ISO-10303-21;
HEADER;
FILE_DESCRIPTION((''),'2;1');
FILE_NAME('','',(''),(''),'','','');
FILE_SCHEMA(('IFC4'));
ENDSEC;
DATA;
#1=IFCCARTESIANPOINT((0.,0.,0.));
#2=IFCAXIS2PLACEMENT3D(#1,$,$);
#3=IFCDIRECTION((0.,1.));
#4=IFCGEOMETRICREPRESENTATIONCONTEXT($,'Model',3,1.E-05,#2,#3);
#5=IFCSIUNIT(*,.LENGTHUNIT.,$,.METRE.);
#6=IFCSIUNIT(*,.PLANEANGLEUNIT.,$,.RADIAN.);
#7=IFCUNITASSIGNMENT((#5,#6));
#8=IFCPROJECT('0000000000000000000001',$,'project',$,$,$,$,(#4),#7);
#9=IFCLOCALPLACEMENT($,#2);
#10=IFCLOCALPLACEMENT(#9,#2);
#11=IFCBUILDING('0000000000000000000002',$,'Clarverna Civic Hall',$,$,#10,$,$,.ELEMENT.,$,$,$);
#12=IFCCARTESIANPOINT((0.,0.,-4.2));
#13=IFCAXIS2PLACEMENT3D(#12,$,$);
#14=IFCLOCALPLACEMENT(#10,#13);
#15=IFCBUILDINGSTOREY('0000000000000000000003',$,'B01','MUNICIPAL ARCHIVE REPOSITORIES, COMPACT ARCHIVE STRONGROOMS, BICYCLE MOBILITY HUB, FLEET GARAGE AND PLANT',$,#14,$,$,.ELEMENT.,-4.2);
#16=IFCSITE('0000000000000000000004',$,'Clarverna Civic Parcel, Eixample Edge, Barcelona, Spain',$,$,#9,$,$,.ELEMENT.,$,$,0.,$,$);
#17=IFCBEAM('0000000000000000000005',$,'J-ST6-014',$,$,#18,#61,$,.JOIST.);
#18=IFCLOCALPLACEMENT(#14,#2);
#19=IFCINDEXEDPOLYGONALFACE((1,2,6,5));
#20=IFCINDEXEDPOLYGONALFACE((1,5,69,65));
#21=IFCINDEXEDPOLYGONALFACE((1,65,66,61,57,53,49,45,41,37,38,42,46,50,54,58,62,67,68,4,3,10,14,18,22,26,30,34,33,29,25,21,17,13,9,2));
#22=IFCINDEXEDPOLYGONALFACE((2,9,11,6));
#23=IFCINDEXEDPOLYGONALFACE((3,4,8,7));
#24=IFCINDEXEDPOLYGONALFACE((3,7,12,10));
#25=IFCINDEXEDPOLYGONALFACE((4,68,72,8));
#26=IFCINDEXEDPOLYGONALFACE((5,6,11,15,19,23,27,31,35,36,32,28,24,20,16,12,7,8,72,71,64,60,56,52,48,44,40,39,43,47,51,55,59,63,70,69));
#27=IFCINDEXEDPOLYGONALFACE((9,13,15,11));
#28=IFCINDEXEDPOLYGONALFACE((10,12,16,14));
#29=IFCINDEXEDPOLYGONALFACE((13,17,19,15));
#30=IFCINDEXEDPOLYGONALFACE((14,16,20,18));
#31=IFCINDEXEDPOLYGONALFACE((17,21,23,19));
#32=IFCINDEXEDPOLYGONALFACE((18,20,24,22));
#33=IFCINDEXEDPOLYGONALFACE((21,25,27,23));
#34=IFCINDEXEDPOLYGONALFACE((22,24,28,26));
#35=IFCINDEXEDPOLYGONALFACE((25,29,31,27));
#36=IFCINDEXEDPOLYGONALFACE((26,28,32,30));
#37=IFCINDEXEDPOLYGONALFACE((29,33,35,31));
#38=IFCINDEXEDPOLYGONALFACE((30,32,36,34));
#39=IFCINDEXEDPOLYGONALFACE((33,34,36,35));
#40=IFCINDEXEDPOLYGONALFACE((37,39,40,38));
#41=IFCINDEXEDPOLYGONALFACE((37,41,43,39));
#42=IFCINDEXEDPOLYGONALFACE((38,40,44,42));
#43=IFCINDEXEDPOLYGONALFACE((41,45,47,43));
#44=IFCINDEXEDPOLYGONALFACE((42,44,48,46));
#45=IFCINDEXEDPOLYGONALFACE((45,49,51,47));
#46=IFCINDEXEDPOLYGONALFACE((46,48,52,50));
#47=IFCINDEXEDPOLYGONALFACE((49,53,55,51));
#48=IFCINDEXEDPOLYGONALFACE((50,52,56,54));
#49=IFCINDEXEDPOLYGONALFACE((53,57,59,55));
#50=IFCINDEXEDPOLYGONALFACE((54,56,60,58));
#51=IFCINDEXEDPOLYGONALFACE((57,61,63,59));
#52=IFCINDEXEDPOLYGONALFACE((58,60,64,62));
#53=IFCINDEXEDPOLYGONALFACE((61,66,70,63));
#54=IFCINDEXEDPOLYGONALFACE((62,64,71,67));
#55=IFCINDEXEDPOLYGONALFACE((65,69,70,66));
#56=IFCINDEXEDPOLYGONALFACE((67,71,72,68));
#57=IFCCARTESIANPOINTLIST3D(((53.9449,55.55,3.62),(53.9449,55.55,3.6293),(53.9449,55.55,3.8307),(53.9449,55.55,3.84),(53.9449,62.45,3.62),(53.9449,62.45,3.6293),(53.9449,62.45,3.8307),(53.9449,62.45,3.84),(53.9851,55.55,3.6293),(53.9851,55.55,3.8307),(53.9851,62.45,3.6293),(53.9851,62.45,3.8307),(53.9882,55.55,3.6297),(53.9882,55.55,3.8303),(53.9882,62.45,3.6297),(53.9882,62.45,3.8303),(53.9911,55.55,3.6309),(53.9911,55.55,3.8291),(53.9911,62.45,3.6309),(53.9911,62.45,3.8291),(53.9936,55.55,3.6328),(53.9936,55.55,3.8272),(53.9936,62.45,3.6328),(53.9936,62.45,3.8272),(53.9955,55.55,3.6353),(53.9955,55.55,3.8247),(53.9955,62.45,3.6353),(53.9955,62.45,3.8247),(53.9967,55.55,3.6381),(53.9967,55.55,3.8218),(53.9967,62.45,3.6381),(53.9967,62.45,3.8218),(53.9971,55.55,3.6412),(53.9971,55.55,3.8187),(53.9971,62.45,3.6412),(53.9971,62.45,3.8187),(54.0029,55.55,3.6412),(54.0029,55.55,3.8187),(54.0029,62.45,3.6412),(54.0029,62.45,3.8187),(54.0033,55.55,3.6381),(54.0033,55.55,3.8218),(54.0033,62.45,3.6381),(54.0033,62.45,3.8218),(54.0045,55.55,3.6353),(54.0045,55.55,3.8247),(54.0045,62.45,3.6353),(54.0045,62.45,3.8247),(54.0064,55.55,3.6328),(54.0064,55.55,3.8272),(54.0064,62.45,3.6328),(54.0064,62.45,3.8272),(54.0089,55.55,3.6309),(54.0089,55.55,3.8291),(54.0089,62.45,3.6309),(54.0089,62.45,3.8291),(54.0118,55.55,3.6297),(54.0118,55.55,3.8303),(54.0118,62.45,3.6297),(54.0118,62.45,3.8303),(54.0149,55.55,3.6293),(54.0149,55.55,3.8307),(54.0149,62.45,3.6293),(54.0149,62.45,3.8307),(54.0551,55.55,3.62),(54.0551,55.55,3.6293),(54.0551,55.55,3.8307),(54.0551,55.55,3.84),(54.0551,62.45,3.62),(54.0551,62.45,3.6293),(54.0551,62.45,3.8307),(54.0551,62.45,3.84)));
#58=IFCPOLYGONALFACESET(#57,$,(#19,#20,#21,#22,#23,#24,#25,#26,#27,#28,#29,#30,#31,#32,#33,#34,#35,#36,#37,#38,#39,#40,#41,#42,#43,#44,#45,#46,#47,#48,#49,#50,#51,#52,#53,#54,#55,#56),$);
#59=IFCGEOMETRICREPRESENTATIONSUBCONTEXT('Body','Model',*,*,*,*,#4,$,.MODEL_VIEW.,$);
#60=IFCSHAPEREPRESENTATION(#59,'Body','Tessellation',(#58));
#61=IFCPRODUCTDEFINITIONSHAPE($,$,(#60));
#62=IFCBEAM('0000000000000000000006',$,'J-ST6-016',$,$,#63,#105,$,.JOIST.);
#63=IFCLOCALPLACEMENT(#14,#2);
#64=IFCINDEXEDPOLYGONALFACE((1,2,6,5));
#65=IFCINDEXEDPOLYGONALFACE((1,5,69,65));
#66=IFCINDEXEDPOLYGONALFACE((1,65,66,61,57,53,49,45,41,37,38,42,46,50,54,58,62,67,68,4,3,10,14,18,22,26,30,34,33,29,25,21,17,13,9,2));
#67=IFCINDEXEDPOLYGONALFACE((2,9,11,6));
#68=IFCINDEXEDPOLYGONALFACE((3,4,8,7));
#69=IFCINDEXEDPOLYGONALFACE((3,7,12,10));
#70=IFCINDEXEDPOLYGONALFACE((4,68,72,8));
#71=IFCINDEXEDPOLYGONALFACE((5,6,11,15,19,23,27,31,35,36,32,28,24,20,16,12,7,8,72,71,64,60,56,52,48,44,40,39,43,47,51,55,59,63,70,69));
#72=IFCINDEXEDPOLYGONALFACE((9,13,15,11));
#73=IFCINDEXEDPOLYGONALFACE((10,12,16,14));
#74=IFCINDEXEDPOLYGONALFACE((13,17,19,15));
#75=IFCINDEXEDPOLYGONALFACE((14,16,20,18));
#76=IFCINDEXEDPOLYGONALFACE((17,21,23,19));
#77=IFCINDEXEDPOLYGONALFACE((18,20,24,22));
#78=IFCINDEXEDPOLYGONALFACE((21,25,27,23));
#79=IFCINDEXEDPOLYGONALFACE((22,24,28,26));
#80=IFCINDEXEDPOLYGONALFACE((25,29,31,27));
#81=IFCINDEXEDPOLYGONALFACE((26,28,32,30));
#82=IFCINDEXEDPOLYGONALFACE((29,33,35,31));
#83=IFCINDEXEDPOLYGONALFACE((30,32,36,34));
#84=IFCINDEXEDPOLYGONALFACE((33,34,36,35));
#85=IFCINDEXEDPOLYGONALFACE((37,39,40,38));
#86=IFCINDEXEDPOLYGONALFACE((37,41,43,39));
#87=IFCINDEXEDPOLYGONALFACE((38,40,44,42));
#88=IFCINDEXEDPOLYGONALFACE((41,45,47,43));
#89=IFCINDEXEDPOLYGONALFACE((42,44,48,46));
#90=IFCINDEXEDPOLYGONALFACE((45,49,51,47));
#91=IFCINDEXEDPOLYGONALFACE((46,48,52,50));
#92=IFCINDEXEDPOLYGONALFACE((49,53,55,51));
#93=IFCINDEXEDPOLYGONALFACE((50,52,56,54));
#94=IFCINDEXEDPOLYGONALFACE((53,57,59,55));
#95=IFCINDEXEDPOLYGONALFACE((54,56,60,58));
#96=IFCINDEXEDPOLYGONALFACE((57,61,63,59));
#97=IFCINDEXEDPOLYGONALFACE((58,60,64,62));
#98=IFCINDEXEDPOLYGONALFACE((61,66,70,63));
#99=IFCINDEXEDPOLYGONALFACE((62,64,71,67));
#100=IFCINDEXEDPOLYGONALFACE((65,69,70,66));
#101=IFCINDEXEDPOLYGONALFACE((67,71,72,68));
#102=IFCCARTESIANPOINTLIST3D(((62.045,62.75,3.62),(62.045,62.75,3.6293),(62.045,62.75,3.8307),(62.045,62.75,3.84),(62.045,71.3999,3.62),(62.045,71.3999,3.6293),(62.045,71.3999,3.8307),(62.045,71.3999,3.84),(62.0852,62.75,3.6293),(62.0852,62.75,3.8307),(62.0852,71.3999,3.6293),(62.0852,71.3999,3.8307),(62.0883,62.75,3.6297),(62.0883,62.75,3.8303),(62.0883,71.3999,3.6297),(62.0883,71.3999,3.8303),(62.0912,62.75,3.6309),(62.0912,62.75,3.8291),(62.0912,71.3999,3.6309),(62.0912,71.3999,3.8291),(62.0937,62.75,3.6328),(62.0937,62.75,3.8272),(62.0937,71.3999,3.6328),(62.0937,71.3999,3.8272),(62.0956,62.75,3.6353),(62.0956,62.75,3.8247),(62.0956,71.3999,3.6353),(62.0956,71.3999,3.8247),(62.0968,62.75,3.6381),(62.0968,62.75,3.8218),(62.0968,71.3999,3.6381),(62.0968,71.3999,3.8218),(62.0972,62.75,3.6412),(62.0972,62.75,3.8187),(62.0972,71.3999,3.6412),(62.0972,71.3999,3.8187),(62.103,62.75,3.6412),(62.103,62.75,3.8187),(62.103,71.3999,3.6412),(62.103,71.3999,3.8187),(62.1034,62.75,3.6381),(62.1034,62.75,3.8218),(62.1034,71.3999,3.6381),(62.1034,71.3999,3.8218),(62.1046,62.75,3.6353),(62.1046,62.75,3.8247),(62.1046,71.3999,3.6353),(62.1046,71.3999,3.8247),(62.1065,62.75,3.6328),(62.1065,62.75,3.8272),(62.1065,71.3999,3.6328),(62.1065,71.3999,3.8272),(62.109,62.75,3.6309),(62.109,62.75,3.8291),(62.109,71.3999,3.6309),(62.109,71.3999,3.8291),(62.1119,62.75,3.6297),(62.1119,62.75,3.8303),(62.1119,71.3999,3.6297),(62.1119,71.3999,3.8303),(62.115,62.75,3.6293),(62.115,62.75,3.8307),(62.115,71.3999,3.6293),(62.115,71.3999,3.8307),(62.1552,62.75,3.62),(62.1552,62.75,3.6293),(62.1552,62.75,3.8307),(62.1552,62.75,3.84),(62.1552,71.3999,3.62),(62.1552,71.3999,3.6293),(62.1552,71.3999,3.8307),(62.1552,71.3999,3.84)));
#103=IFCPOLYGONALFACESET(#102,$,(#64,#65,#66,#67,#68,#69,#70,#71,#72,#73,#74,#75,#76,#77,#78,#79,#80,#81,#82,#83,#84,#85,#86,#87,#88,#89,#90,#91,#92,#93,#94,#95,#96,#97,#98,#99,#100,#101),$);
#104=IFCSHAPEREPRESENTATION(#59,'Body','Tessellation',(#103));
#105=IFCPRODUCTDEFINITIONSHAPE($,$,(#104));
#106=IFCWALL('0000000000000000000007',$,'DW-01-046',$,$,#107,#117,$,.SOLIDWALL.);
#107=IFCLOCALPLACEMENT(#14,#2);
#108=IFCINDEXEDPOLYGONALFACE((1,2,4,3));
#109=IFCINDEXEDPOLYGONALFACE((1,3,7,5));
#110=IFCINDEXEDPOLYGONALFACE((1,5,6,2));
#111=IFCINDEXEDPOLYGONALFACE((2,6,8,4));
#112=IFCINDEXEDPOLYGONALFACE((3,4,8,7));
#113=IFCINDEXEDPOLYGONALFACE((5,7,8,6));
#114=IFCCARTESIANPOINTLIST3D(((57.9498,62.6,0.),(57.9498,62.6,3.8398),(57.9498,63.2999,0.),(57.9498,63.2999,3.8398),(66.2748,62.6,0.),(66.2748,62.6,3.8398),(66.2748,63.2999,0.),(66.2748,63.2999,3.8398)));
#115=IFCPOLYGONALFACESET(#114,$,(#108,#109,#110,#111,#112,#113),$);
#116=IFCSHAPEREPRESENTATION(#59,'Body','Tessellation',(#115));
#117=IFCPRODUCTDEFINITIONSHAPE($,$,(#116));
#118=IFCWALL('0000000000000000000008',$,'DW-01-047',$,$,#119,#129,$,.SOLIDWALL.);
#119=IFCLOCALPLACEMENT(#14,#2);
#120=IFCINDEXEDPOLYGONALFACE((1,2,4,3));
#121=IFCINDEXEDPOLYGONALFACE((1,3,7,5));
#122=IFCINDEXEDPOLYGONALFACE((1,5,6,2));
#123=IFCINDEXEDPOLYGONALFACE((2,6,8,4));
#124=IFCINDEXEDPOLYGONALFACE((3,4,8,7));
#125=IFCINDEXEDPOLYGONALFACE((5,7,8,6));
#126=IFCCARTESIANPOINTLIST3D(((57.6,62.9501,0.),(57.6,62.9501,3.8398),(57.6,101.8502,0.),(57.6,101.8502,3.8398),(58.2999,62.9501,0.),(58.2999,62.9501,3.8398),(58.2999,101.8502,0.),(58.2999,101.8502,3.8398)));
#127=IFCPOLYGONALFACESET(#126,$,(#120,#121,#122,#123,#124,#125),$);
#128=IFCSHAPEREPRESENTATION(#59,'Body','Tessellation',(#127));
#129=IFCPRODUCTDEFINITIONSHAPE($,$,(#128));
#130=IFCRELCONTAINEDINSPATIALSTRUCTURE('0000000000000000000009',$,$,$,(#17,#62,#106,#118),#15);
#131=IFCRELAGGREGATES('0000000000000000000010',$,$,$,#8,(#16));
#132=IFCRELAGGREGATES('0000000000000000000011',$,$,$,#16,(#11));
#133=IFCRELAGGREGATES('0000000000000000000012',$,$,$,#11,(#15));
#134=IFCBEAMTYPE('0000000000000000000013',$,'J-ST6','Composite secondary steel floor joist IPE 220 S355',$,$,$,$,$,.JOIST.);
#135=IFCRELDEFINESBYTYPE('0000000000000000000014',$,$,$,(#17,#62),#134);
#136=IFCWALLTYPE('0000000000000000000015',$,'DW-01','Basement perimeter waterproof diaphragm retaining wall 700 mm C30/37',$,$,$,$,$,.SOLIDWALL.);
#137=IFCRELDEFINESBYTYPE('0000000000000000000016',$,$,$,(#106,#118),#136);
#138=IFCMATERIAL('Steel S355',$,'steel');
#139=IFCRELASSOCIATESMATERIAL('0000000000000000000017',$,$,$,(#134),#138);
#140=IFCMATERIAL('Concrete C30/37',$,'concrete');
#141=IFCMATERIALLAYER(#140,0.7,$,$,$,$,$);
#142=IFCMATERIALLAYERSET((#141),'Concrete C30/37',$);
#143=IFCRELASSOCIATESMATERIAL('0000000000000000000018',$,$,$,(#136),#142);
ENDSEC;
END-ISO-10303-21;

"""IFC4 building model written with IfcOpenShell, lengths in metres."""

from ifc_helpers import new_model, si_unit, direction, frame, frame_2d, origin, origin_2d, place, context, subcontext, project, spatial, rectangle, i_section, extrude, material, layer, layer_set, material_profile, profile_set, type_object, element, save


model = new_model("IFC4")

# Units and contexts
model_context = context("Model", 3, precision=1e-05, world=origin(), true_north=direction((0.0, 1.0)))
body_context = subcontext(model_context, "Body", "Model", "MODEL_VIEW")
ifc_project = project(units=[si_unit("LENGTHUNIT", "METRE"), si_unit("PLANEANGLEUNIT", "RADIAN")], contexts=[model_context])

# Site, building, storey
site_placement = place(None, origin())
site = spatial("IfcSite", under=ifc_project, at=site_placement, Name="Clarverna Civic Parcel, Eixample Edge, Barcelona, Spain", CompositionType="ELEMENT", RefElevation=0.0)
building_placement = place(site_placement, origin())
building = spatial("IfcBuilding", under=site, at=building_placement, Name="Clarverna Civic Hall", CompositionType="ELEMENT")
storey_placement = place(building_placement, frame((0.0, 0.0, -4.2)))
storey = spatial("IfcBuildingStorey", under=building, at=storey_placement, Name="B01", Description="MUNICIPAL ARCHIVE REPOSITORIES, COMPACT ARCHIVE STRONGROOMS, BICYCLE MOBILITY HUB, FLEET GARAGE AND PLANT", CompositionType="ELEMENT", Elevation=-4.2)

# Shared definitions
ifc_material_1 = material(Name="Concrete C30/37", Category="concrete")

# Beams
ifc_material_2 = material(Name="Steel S355", Category="steel")
ifc_material_profile_1 = material_profile(ifc_material_2, i_section(OverallWidth=0.1101, OverallDepth=0.22, WebThickness=0.0059, FlangeThickness=0.0093, FilletRadius=0.012, at=origin_2d()), Name="IPE 220")
ifc_profile_set_1 = profile_set([ifc_material_profile_1], Name="Steel S355")
beam_type_1 = type_object("IfcBeamType", Name="J-ST6", Description="Composite secondary steel floor joist IPE 220 S355", PredefinedType="JOIST", material=ifc_profile_set_1)
beam_1_placement = place(storey_placement, frame((54.0, 55.55, 3.73), z_axis=(0.0, 1.0, 0.0), x_axis=(-1.0, 0.0, 0.0)))
element("IfcBeam", 1, at=beam_1_placement, inside=storey, type_object=beam_type_1, Name="J-ST6-014", PredefinedType="JOIST", context=body_context, shape_type="SweptSolid", body=[
    extrude(i_section(OverallWidth=0.1101, OverallDepth=0.22, WebThickness=0.0059, FlangeThickness=0.0093, FilletRadius=0.012, at=origin_2d()), origin(), (0.0, 0.0, 1.0), 6.8999),
])
beam_2_placement = place(storey_placement, frame((62.1001, 62.75, 3.73), z_axis=(0.0, 1.0, 0.0), x_axis=(-1.0, 0.0, 0.0)))
element("IfcBeam", 2, at=beam_2_placement, inside=storey, type_object=beam_type_1, Name="J-ST6-016", PredefinedType="JOIST", context=body_context, shape_type="SweptSolid", body=[
    extrude(i_section(OverallWidth=0.1101, OverallDepth=0.22, WebThickness=0.0059, FlangeThickness=0.0093, FilletRadius=0.012, at=origin_2d()), origin(), (0.0, 0.0, 1.0), 8.6499),
])

# Walls
ifc_layer = layer(ifc_material_1, 0.7)
ifc_layer_set = layer_set([ifc_layer], Name="Concrete C30/37")
wall_type = type_object("IfcWallType", Name="DW-01", Description="Basement perimeter waterproof diaphragm retaining wall 700 mm C30/37", PredefinedType="SOLIDWALL", material=ifc_layer_set)
wall_1_placement = place(storey_placement, frame((66.2749, 62.95, 0.0), z_axis=(0.0, 0.0, 1.0), x_axis=(-1.0, 0.0, 0.0)))
element("IfcWall", 3, at=wall_1_placement, inside=storey, type_object=wall_type, Name="DW-01-046", PredefinedType="SOLIDWALL", context=body_context, shape_type="SweptSolid", body=[
    extrude(rectangle(XDim=8.325, YDim=0.7, at=frame_2d((4.1626, 0.0))), origin(), (0.0, 0.0, 1.0), 3.8398),
])
wall_2_placement = place(storey_placement, frame((57.95, 62.95, 0.0), z_axis=(0.0, 0.0, 1.0), x_axis=(0.0, 1.0, 0.0)))
element("IfcWall", 4, at=wall_2_placement, inside=storey, type_object=wall_type, Name="DW-01-047", PredefinedType="SOLIDWALL", context=body_context, shape_type="SweptSolid", body=[
    extrude(rectangle(XDim=38.9001, YDim=0.7, at=frame_2d((19.4502, 0.0))), origin(), (0.0, 0.0, 1.0), 3.8398),
])

save(model, "model.ifc")
